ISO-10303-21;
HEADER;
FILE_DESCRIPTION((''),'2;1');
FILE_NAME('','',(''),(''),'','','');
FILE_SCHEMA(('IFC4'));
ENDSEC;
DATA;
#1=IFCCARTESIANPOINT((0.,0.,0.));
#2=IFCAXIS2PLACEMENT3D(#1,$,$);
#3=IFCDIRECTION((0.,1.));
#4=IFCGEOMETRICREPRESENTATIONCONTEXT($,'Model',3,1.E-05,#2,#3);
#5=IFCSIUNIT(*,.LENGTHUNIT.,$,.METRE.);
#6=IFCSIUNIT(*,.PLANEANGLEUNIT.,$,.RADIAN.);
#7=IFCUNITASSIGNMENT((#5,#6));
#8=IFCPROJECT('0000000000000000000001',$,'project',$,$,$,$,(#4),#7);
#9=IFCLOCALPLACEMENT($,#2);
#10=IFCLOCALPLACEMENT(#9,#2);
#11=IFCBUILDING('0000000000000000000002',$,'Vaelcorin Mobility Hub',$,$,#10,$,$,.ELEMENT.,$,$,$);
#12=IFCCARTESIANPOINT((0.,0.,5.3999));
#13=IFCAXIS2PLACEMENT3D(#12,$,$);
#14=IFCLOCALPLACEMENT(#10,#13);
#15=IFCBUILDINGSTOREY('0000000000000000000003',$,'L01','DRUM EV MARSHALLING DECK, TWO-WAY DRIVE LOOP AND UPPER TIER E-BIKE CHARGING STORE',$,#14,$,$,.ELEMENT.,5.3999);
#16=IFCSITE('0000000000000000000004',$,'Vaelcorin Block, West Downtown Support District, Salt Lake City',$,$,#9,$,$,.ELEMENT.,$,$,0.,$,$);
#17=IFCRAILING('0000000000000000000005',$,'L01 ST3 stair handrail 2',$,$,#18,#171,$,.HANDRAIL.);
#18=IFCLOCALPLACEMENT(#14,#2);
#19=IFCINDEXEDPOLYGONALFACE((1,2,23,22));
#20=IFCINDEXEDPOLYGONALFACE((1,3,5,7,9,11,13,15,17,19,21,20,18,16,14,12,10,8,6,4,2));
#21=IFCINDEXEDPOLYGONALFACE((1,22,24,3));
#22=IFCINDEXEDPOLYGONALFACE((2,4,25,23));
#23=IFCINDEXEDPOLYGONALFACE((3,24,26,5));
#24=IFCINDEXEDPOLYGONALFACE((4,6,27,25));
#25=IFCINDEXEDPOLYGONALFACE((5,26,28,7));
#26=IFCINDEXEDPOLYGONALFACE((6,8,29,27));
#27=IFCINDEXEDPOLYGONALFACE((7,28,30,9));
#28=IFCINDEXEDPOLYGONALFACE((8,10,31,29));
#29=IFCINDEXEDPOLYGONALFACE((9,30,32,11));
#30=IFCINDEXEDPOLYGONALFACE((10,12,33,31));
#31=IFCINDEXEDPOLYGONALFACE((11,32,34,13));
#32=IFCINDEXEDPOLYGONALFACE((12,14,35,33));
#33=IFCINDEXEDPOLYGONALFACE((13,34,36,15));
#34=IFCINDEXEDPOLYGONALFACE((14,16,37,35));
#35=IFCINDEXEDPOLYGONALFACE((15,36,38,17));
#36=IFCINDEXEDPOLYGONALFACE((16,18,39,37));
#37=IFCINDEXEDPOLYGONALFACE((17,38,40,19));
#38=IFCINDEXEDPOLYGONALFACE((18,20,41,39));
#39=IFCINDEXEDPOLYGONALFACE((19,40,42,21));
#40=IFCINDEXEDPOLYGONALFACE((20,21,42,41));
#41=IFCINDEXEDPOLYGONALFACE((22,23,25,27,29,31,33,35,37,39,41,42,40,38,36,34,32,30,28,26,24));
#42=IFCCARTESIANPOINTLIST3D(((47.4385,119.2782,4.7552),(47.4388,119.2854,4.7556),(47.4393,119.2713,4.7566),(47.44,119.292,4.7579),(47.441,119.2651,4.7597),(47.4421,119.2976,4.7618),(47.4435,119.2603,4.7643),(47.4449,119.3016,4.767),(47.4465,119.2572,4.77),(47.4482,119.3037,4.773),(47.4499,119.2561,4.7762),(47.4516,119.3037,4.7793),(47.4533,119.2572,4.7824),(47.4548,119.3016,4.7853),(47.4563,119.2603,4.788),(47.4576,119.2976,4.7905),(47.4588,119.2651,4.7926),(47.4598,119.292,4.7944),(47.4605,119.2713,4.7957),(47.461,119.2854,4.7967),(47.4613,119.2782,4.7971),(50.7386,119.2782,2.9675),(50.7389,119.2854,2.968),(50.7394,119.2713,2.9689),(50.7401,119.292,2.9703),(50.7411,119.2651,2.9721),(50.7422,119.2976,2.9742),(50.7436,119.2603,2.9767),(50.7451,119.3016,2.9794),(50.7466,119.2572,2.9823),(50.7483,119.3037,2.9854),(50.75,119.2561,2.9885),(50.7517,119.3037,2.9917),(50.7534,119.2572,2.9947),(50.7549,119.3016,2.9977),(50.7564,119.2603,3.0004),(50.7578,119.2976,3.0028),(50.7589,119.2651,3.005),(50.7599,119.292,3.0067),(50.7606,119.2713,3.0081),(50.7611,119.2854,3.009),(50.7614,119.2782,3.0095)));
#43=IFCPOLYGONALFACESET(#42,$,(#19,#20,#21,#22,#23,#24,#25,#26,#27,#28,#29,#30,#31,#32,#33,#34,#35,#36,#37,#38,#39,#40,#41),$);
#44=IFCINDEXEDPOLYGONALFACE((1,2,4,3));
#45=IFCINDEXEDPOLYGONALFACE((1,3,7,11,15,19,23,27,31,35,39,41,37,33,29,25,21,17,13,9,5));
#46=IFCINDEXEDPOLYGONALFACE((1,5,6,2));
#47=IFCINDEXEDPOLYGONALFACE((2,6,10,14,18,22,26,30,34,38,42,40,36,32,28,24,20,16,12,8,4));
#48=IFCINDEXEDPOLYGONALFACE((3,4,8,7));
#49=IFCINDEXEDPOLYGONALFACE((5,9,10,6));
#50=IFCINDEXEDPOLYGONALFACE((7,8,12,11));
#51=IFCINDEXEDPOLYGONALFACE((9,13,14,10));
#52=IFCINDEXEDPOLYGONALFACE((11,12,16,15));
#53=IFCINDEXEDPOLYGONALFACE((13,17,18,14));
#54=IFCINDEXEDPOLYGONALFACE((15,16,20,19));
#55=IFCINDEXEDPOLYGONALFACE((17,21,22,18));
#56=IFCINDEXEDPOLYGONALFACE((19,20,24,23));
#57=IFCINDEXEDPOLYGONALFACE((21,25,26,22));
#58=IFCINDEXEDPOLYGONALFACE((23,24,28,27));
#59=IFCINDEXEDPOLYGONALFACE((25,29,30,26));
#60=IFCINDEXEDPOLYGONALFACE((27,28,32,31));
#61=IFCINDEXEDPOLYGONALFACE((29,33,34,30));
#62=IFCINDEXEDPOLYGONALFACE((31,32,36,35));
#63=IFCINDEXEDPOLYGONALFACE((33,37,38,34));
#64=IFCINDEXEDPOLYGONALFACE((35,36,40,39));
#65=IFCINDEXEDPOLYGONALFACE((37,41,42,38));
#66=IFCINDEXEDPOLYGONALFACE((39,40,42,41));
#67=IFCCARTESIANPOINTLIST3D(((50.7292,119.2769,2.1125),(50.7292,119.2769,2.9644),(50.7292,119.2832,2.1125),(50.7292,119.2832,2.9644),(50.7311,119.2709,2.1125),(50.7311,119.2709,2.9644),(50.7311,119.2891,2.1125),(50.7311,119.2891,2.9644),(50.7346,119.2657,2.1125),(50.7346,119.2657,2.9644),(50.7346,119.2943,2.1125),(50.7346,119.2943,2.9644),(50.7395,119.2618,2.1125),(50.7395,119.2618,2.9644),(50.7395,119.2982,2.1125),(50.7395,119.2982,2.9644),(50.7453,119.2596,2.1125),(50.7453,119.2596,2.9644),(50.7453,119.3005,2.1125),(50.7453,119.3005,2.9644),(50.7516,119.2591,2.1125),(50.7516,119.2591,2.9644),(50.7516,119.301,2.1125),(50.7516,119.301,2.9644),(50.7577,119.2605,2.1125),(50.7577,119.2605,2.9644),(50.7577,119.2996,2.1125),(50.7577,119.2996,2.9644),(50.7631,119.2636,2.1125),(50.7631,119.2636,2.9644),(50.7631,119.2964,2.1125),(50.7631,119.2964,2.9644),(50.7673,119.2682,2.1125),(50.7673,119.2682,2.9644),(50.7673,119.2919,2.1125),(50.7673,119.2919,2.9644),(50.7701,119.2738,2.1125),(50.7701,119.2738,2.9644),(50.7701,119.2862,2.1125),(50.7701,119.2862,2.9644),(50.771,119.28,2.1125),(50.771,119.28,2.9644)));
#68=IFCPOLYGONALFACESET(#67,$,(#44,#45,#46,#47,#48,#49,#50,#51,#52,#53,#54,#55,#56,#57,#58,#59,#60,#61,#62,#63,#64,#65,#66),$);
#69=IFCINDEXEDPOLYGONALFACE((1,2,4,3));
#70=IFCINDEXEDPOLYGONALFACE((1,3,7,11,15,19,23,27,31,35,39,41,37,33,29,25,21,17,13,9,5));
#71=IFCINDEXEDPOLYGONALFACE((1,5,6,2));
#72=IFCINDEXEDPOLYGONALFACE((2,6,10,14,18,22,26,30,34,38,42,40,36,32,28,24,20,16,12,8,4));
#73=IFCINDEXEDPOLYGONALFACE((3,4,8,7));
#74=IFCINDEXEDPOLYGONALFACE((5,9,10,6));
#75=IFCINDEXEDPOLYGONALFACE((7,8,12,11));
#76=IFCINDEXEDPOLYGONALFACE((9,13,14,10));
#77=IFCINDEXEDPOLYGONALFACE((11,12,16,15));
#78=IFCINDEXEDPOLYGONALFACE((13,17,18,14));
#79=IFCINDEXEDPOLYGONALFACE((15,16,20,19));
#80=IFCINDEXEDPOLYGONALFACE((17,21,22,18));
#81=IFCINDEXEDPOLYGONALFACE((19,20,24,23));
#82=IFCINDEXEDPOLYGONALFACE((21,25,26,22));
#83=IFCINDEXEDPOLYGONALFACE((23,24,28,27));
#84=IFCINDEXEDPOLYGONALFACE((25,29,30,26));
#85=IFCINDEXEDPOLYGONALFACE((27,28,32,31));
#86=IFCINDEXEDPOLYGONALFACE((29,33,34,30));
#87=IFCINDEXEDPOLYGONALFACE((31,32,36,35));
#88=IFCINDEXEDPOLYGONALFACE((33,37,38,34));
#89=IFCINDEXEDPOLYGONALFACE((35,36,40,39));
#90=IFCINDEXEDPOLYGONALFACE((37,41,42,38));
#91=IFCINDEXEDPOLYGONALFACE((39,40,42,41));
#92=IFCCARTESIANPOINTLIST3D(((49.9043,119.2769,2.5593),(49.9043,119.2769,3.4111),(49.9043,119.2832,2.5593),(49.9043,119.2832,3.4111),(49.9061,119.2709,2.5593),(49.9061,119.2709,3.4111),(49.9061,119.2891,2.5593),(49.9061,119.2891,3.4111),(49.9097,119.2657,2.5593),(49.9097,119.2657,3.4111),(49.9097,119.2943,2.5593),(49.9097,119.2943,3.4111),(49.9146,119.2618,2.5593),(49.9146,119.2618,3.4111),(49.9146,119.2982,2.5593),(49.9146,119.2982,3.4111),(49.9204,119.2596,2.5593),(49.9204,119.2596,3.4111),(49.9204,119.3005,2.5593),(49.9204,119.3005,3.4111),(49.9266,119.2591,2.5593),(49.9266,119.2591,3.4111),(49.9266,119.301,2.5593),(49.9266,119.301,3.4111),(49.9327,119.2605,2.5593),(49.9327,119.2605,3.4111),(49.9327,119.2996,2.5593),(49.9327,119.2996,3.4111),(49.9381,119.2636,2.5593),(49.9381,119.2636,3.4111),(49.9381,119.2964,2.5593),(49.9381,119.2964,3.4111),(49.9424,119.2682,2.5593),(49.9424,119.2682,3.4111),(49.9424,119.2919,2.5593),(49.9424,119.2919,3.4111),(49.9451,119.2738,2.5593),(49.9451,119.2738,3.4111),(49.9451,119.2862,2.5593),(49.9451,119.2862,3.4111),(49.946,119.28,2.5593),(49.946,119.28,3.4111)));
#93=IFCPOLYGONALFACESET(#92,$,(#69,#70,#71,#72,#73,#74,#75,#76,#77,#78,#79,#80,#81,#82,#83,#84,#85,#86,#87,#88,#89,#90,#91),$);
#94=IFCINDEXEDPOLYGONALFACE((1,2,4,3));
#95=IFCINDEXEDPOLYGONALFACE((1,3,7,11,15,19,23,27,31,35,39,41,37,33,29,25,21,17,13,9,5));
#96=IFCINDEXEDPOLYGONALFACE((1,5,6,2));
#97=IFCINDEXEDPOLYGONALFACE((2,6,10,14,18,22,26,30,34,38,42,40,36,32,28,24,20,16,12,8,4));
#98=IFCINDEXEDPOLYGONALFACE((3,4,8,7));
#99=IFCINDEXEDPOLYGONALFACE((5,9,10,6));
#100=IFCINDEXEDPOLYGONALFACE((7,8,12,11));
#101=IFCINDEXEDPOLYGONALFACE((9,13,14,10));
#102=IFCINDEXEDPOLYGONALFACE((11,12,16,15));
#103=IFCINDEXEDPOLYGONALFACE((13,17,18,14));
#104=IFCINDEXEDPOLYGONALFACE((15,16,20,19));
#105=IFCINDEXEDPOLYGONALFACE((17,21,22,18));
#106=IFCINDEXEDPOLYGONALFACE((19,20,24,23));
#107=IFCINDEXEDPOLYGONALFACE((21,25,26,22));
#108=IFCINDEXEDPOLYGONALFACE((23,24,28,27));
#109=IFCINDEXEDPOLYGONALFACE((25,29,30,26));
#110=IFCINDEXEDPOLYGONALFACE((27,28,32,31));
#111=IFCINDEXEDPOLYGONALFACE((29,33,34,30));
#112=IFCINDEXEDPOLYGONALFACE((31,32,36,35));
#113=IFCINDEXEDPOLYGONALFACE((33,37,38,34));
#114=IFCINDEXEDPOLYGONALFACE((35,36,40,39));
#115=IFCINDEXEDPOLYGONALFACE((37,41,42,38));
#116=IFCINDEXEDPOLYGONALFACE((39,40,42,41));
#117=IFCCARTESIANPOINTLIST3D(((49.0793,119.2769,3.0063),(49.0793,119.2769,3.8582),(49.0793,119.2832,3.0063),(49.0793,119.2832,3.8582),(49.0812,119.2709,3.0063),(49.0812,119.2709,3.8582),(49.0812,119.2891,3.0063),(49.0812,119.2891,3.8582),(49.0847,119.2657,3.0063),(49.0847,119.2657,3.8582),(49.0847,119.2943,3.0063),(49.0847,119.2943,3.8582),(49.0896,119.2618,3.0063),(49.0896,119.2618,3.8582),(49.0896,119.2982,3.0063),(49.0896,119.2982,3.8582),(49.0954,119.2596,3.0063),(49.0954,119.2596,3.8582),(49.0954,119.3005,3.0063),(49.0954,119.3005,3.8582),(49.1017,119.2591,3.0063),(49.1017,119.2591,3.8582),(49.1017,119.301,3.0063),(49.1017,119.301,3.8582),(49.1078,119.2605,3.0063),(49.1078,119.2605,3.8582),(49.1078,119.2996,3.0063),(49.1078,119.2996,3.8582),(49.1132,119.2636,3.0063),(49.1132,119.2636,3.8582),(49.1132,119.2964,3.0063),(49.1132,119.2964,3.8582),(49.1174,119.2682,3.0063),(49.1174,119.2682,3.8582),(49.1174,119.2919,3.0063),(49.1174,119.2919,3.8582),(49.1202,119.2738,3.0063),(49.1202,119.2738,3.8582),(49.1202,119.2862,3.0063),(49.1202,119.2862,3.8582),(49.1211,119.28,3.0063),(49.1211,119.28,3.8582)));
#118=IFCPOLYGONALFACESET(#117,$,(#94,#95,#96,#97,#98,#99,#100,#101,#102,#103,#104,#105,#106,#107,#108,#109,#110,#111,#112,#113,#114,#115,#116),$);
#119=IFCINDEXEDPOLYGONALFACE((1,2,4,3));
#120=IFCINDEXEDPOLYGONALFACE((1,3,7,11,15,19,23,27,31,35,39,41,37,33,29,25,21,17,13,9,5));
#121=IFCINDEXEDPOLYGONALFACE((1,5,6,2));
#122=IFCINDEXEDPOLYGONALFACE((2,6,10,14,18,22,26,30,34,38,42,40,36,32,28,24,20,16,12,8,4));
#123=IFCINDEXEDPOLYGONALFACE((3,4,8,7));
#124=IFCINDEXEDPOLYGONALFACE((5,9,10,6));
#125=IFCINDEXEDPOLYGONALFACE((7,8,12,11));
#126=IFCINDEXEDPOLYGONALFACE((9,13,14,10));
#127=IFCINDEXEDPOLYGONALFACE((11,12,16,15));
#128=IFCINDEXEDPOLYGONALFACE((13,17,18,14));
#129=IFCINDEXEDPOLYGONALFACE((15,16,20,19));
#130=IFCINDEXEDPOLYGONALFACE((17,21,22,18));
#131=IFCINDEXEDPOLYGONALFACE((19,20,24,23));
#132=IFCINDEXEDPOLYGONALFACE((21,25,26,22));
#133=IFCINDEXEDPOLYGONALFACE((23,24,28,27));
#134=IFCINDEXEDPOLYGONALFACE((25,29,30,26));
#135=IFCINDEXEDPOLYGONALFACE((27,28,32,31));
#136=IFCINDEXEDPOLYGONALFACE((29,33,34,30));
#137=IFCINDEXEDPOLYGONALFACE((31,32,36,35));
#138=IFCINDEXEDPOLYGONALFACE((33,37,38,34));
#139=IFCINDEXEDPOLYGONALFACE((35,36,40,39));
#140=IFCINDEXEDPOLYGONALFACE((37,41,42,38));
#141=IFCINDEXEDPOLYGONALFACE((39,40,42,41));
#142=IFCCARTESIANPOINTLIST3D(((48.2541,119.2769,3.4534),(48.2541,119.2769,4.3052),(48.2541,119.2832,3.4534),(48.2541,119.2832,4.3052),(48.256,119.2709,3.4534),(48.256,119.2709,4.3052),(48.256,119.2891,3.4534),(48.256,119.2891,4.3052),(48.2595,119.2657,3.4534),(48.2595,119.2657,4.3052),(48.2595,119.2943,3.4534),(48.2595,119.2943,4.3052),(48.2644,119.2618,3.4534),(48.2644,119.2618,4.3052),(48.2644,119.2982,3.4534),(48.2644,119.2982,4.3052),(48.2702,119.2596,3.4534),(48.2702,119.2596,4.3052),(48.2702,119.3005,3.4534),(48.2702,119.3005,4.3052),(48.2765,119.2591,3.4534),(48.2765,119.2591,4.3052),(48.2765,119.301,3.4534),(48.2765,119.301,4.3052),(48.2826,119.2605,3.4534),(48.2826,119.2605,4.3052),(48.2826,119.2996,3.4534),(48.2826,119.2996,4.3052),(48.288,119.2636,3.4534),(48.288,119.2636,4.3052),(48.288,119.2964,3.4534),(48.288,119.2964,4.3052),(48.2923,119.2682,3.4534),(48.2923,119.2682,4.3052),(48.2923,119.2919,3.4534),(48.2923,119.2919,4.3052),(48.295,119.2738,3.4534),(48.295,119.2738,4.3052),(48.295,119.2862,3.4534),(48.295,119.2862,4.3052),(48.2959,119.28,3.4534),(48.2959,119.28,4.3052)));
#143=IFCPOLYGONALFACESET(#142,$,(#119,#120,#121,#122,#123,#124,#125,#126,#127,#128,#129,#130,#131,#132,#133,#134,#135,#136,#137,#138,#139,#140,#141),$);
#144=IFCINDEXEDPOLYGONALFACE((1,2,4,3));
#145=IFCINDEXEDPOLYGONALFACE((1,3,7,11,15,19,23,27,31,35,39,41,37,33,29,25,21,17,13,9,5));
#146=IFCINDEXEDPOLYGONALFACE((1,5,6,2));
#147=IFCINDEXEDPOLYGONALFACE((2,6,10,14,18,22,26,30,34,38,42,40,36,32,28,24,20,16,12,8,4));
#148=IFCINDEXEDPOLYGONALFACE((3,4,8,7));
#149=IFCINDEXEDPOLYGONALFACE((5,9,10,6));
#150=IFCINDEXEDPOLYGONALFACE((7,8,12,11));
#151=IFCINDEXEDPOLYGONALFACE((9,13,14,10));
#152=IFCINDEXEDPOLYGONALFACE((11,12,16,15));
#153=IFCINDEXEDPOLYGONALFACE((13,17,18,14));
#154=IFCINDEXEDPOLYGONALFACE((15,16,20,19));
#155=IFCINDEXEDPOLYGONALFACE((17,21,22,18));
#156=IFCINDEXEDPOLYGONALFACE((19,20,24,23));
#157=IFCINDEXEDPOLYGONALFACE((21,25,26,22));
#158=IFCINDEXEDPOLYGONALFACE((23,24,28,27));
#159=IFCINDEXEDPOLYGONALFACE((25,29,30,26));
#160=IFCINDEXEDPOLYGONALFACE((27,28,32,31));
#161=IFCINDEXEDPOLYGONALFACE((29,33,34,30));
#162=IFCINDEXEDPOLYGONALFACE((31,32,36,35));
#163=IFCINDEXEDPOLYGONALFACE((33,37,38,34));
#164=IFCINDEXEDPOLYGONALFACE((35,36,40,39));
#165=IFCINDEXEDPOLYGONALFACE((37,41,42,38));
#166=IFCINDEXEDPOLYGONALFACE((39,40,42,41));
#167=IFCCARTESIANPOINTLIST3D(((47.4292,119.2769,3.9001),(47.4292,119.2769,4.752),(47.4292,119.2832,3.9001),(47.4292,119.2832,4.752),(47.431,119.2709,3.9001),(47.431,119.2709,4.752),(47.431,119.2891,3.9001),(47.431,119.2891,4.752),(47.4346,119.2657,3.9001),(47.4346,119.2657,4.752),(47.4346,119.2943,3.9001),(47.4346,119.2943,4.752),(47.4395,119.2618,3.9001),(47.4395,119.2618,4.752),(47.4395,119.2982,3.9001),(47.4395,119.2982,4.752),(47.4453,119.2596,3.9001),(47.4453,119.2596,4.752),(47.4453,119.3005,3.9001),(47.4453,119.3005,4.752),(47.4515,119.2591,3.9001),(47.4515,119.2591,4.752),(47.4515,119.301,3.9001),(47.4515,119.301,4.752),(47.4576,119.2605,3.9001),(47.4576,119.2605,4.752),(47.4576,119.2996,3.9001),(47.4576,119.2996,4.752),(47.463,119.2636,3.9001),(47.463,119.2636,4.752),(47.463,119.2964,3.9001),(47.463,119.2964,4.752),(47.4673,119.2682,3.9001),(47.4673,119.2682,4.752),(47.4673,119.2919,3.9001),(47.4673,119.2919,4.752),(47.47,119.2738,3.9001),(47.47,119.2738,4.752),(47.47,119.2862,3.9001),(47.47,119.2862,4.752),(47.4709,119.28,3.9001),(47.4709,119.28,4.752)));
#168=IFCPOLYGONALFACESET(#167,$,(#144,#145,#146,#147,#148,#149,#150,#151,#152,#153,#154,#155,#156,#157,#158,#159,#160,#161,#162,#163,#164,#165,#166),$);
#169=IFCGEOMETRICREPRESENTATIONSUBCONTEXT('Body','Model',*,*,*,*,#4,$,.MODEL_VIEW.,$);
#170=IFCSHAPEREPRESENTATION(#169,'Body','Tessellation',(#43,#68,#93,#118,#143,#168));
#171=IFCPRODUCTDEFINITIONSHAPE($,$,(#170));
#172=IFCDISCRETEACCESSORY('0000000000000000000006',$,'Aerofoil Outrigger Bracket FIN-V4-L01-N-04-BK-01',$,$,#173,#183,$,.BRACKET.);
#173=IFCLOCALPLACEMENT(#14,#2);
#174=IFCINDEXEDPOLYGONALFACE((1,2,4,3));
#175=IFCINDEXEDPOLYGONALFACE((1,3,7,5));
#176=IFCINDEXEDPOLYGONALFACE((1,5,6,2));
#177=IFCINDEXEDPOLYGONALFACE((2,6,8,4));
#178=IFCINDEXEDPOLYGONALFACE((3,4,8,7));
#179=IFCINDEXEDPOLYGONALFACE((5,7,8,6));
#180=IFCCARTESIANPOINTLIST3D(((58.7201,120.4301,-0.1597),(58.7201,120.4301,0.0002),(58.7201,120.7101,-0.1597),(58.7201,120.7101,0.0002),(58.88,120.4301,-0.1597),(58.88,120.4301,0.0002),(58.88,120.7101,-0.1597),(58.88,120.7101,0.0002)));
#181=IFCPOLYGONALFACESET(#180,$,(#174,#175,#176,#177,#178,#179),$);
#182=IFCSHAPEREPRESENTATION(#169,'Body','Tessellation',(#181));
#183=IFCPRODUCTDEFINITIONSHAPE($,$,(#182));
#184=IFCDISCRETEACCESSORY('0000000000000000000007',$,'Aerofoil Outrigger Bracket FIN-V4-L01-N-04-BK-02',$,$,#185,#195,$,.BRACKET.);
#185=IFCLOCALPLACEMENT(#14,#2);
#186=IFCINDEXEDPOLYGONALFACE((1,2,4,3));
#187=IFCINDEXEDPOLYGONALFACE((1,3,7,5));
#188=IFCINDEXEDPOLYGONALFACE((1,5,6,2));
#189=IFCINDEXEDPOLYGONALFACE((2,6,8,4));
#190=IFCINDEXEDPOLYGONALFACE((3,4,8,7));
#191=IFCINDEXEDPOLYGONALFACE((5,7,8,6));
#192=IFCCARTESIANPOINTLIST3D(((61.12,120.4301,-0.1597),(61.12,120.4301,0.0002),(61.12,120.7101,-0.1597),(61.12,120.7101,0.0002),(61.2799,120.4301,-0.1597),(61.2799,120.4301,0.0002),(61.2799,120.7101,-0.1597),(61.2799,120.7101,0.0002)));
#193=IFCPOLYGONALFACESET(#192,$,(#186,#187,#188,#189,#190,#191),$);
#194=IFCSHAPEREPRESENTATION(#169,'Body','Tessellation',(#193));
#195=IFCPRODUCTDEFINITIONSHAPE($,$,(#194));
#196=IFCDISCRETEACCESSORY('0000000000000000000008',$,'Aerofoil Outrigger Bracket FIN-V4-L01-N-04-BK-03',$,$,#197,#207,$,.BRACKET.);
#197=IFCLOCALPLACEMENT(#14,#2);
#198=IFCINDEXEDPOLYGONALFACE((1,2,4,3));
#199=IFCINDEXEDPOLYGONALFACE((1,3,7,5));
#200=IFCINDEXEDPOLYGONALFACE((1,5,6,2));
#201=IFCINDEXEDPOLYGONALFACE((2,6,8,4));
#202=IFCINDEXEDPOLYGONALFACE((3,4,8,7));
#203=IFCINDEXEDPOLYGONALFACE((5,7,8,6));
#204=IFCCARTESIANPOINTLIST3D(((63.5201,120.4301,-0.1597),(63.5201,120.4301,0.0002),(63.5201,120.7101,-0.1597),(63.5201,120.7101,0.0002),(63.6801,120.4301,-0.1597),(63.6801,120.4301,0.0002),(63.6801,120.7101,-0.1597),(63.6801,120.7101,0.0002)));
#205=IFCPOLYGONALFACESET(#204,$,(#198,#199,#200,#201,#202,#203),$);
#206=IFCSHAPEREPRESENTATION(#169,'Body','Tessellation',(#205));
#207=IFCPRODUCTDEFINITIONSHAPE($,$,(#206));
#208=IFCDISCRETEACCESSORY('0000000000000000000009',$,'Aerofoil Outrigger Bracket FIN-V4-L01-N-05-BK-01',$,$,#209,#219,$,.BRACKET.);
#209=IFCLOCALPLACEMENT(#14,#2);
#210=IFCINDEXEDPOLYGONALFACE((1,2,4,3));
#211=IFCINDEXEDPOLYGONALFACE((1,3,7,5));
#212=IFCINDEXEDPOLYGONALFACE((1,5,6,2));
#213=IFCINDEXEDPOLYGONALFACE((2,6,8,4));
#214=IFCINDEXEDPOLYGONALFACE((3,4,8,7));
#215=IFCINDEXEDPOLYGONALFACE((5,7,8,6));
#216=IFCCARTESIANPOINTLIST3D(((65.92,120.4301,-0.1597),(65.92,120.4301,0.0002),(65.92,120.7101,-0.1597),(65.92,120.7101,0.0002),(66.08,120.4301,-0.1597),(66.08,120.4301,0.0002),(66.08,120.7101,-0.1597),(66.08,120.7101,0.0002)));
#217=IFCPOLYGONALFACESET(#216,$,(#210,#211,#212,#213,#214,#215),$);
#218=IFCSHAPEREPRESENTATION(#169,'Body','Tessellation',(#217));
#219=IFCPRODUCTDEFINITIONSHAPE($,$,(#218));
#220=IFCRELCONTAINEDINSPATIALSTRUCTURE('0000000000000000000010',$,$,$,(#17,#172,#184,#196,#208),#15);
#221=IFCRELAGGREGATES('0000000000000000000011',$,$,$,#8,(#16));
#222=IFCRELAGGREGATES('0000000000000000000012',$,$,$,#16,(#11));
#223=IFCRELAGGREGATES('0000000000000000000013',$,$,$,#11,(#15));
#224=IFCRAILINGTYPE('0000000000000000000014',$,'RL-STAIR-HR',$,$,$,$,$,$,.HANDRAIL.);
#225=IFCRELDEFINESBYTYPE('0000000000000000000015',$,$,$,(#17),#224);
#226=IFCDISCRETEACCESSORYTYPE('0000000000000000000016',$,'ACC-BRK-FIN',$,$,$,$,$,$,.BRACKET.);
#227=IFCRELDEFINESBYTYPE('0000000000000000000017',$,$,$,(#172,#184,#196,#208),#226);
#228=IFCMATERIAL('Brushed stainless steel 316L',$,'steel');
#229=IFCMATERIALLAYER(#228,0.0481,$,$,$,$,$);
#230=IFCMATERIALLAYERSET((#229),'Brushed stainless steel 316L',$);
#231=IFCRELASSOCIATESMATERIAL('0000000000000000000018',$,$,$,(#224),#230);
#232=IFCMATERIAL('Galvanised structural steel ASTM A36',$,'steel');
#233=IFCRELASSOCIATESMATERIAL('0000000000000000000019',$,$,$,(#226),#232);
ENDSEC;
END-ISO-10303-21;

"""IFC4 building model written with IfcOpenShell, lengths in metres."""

from ifc_helpers import new_model, si_unit, direction, frame, origin, origin_2d, place, context, subcontext, project, spatial, rectangle, circle, extrude, material, layer, layer_set, type_object, element, save


model = new_model("IFC4")

# Units and contexts
model_context = context("Model", 3, precision=1e-05, world=origin(), true_north=direction((0.0, 1.0)))
body_context = subcontext(model_context, "Body", "Model", "MODEL_VIEW")
ifc_project = project(units=[si_unit("LENGTHUNIT", "METRE"), si_unit("PLANEANGLEUNIT", "RADIAN")], contexts=[model_context])

# Site, building, storey
site_placement = place(None, origin())
site = spatial("IfcSite", under=ifc_project, at=site_placement, Name="Vaelcorin Block, West Downtown Support District, Salt Lake City", CompositionType="ELEMENT", RefElevation=0.0)
building_placement = place(site_placement, origin())
building = spatial("IfcBuilding", under=site, at=building_placement, Name="Vaelcorin Mobility Hub", CompositionType="ELEMENT")
storey_placement = place(building_placement, frame((0.0, 0.0, 5.3999)))
storey = spatial("IfcBuildingStorey", under=building, at=storey_placement, Name="L01", Description="DRUM EV MARSHALLING DECK, TWO-WAY DRIVE LOOP AND UPPER TIER E-BIKE CHARGING STORE", CompositionType="ELEMENT", Elevation=5.3999)

# Shared definitions
ifc_material_1 = material(Name="Brushed stainless steel 316L", Category="steel")

# Railing
ifc_material_2 = material(Name="Galvanised structural steel ASTM A36", Category="steel")
ifc_layer_1 = layer(ifc_material_1, 0.0481)
ifc_layer_set_1 = layer_set([ifc_layer_1], Name="Brushed stainless steel 316L")
railing_type_1 = type_object("IfcRailingType", Name="RL-STAIR-HR", PredefinedType="HANDRAIL", material=ifc_layer_set_1)
railing_1_placement = place(storey_placement, frame((50.75, 119.28, 2.1125)))
element("IfcRailing", 1, at=railing_1_placement, inside=storey, type_object=railing_type_1, Name="L01 ST3 stair handrail 2", PredefinedType="HANDRAIL", context=body_context, shape_type="SweptSolid", body=[
    extrude(circle(Radius=0.0239, at=origin_2d()), frame((0.0, 0.0, 0.876), z_axis=(-0.879284, 0.0, 0.476298), x_axis=(0.0, -1.0, 0.0)), (0.0, 0.0, 1.0), 3.7532),
    extrude(circle(Radius=0.021, at=origin_2d()), origin(), (0.0, 0.0, 1.0), 0.8518),
    extrude(circle(Radius=0.021, at=origin_2d()), frame((-0.825, 0.0, 0.4468)), (0.0, 0.0, 1.0), 0.8518),
    extrude(circle(Radius=0.021, at=origin_2d()), frame((-1.6499, 0.0, 0.8938)), (0.0, 0.0, 1.0), 0.8518),
    extrude(circle(Radius=0.021, at=origin_2d()), frame((-2.4751, 0.0, 1.3408)), (0.0, 0.0, 1.0), 0.8518),
    extrude(circle(Radius=0.021, at=origin_2d()), frame((-3.3, 0.0, 1.7876)), (0.0, 0.0, 1.0), 0.8518),
])

# Discrete accessories
discrete_accessory_type = type_object("IfcDiscreteAccessoryType", Name="ACC-BRK-FIN", PredefinedType="BRACKET", material=ifc_material_2)
for number, where, z_axis, x_axis, name in (
    (2, (58.8, 120.5701, -0.1597), (0.0, 0.0, 1.0), (0.0, 1.0, 0.0), "Aerofoil Outrigger Bracket FIN-V4-L01-N-04-BK-01"),
    (3, (61.2, 120.5701, -0.1597), (0.0, 0.0, 1.0), (0.0, 1.0, 0.0), "Aerofoil Outrigger Bracket FIN-V4-L01-N-04-BK-02"),
    (4, (63.6001, 120.5701, -0.1597), (0.0, 0.0, 1.0), (0.0, 1.0, 0.0), "Aerofoil Outrigger Bracket FIN-V4-L01-N-04-BK-03"),
    (5, (66.0, 120.5701, -0.1597), (0.0, 0.0, 1.0), (0.0, 1.0, 0.0), "Aerofoil Outrigger Bracket FIN-V4-L01-N-05-BK-01"),
):
    element("IfcDiscreteAccessory", number, at=place(storey_placement, frame(where, z_axis=z_axis, x_axis=x_axis)), inside=storey, type_object=discrete_accessory_type, Name=name, PredefinedType="BRACKET", context=body_context, shape_type="SweptSolid", body=[
        extrude(rectangle(XDim=0.28, YDim=0.1599, at=origin_2d()), origin(), (0.0, 0.0, 1.0), 0.1599),
    ])

save(model, "model.ifc")
